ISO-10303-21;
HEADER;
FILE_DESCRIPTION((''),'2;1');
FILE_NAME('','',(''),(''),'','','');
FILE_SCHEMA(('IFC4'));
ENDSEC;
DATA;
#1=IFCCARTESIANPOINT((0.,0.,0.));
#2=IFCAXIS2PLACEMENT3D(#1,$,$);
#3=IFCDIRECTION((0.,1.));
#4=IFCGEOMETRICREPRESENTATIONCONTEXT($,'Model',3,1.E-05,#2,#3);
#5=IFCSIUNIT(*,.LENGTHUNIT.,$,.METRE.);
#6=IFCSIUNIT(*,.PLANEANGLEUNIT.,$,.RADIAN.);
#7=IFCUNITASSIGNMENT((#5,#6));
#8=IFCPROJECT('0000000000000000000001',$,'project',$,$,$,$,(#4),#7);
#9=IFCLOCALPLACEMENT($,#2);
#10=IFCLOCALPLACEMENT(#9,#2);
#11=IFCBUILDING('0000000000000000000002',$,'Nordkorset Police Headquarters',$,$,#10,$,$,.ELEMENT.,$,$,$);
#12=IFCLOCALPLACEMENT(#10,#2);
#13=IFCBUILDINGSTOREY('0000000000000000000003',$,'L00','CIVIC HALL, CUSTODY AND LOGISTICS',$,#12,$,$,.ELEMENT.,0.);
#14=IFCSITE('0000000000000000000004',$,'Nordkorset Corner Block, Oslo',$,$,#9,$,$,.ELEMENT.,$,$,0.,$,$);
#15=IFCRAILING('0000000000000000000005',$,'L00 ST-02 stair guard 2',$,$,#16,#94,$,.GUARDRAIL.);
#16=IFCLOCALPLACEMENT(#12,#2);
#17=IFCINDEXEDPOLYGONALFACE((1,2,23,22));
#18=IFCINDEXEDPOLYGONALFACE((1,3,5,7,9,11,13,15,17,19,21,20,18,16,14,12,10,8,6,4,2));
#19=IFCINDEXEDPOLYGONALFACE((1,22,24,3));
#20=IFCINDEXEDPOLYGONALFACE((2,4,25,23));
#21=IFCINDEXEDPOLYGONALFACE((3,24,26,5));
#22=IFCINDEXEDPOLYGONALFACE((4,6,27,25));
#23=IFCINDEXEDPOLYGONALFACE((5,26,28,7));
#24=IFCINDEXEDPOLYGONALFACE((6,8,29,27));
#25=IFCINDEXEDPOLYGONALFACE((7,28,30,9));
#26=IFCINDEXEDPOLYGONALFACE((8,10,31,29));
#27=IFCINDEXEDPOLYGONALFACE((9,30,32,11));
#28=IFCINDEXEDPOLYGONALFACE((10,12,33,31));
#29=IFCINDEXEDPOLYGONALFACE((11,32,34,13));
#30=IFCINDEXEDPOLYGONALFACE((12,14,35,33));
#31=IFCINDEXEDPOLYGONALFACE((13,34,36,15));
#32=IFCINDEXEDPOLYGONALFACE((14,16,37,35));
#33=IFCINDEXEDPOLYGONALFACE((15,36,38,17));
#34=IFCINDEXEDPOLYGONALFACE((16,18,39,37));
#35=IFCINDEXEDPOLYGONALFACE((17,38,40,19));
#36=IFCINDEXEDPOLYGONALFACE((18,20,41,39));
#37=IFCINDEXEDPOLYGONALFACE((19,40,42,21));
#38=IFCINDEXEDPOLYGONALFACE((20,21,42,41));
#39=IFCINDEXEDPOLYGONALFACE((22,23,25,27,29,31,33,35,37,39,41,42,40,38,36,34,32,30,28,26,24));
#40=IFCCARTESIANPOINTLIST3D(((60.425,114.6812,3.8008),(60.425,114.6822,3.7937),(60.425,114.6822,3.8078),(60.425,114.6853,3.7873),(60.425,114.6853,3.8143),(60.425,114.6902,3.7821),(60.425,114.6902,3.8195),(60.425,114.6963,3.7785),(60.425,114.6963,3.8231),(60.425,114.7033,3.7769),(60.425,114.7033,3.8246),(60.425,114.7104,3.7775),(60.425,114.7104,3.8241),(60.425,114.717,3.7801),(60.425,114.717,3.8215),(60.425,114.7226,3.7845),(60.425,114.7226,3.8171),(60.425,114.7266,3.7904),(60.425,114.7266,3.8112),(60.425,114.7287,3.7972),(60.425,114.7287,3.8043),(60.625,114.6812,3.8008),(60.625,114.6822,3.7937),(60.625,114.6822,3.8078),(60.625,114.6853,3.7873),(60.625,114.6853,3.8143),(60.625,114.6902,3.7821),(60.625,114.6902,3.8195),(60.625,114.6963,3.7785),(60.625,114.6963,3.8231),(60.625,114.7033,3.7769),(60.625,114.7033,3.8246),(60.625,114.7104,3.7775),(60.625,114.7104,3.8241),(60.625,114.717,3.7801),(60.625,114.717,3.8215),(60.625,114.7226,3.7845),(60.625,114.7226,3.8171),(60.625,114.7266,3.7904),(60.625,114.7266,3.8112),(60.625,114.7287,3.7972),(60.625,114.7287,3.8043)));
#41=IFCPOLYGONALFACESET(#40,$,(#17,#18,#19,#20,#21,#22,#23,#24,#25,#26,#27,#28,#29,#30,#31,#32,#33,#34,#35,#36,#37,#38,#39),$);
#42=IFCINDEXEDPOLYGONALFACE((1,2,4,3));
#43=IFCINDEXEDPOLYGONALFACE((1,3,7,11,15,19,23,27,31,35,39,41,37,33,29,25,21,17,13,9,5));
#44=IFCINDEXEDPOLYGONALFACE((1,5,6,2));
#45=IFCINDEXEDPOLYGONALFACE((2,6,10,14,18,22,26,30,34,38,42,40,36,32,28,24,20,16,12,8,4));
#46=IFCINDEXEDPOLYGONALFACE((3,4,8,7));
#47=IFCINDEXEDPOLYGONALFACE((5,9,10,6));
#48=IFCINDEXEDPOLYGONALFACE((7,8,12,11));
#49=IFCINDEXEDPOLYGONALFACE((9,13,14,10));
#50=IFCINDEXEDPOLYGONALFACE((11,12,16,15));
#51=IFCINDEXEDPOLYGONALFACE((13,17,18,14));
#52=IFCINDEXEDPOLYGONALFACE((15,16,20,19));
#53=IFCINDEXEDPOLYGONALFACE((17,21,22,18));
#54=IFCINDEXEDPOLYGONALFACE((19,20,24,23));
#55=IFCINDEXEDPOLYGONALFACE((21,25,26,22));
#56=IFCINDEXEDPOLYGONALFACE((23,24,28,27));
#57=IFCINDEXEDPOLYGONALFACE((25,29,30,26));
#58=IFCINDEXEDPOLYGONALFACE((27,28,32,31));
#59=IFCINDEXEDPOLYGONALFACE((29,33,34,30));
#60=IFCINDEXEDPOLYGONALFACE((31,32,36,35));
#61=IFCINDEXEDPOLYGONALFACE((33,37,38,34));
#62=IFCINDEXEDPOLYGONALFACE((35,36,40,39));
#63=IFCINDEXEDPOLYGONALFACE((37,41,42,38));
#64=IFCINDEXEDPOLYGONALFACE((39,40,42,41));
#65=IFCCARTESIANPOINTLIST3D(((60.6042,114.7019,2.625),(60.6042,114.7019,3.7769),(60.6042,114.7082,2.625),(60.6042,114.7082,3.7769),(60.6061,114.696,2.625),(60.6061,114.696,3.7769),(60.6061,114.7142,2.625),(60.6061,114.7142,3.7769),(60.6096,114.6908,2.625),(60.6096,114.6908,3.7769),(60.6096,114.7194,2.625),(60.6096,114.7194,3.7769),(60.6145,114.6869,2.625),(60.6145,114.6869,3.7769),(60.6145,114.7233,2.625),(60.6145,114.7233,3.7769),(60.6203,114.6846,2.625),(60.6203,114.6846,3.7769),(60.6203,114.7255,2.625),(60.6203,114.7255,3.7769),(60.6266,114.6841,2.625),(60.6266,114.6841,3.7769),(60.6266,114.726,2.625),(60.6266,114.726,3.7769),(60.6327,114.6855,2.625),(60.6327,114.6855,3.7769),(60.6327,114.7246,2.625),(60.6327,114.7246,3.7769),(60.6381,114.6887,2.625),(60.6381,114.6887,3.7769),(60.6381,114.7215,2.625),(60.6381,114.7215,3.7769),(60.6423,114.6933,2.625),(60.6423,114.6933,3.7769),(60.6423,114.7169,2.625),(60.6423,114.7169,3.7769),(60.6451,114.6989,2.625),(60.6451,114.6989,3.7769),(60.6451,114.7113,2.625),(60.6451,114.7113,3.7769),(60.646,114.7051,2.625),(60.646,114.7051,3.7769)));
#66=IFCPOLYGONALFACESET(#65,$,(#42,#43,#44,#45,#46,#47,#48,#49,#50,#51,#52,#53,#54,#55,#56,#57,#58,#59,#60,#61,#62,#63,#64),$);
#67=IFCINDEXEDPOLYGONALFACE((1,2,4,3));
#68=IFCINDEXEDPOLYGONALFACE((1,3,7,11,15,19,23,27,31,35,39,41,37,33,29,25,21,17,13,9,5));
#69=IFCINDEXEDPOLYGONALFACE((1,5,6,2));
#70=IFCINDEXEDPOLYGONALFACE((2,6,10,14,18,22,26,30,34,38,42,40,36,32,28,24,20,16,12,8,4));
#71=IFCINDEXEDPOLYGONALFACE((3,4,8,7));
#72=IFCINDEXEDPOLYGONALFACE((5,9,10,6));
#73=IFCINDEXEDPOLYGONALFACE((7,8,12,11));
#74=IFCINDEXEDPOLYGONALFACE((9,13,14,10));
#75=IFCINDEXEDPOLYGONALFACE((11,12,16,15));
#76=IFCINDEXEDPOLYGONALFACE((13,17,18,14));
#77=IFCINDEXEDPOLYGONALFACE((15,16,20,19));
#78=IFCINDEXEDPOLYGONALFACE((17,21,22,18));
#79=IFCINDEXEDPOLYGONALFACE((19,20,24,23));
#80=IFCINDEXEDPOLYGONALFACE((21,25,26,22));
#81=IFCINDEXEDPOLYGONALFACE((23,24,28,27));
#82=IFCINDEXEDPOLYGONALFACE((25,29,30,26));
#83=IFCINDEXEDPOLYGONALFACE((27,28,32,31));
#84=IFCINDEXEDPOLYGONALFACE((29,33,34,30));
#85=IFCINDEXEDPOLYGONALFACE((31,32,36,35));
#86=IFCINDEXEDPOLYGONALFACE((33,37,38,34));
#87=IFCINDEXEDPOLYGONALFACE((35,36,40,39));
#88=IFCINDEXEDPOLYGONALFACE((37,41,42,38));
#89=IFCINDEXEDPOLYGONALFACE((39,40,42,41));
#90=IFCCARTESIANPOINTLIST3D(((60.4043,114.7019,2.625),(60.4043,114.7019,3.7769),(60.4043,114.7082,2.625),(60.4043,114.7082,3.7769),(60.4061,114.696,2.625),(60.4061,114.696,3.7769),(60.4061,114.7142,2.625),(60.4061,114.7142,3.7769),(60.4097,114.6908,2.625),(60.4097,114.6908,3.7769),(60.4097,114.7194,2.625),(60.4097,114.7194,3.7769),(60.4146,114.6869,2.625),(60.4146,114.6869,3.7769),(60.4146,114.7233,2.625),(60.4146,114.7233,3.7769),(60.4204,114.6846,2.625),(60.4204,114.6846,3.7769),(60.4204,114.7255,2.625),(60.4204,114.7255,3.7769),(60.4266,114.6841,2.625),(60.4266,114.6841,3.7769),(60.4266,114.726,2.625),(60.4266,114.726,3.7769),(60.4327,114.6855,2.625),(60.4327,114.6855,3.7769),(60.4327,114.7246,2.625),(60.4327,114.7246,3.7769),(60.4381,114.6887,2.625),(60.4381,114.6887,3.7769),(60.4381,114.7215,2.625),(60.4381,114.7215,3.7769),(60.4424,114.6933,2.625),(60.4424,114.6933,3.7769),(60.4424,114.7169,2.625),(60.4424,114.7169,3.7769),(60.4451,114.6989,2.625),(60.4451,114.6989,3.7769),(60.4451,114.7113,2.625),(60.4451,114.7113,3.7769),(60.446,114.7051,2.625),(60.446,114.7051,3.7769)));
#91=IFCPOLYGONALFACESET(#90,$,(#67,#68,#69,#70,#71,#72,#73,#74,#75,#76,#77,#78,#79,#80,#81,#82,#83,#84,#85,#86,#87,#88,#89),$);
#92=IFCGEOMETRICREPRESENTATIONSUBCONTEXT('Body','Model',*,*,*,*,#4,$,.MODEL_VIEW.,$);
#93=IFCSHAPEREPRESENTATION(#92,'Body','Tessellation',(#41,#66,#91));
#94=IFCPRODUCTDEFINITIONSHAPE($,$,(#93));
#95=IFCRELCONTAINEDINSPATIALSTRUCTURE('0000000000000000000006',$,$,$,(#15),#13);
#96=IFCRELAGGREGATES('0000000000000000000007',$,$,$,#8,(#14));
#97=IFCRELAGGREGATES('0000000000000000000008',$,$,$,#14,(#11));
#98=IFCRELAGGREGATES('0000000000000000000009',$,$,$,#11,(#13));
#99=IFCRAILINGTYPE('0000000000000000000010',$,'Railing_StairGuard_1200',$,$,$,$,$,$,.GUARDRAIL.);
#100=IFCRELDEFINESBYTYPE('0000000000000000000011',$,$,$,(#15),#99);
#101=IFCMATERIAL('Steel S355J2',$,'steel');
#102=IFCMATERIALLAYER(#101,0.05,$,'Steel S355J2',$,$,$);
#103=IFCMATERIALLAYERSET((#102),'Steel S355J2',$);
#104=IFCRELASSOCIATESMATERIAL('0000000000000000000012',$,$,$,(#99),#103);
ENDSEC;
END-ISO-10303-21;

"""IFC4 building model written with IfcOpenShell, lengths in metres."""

from ifc_helpers import new_model, si_unit, direction, frame, origin, origin_2d, place, context, subcontext, project, spatial, circle, extrude, material, layer, layer_set, type_object, element, save


model = new_model("IFC4")

# Units and contexts
model_context = context("Model", 3, precision=1e-05, world=origin(), true_north=direction((0.0, 1.0)))
body_context = subcontext(model_context, "Body", "Model", "MODEL_VIEW")
ifc_project = project(units=[si_unit("LENGTHUNIT", "METRE"), si_unit("PLANEANGLEUNIT", "RADIAN")], contexts=[model_context])

# Site, building, storey
site_placement = place(None, origin())
site = spatial("IfcSite", under=ifc_project, at=site_placement, Name="Nordkorset Corner Block, Oslo", CompositionType="ELEMENT", RefElevation=0.0)
building_placement = place(site_placement, origin())
building = spatial("IfcBuilding", under=site, at=building_placement, Name="Nordkorset Police Headquarters", CompositionType="ELEMENT")
storey_placement = place(building_placement, origin())
storey = spatial("IfcBuildingStorey", under=building, at=storey_placement, Name="L00", Description="CIVIC HALL, CUSTODY AND LOGISTICS", CompositionType="ELEMENT", Elevation=0.0)

# Railing
ifc_material_1 = material(Name="Steel S355J2", Category="steel")
ifc_layer_1 = layer(ifc_material_1, 0.05, Name="Steel S355J2")
ifc_layer_set_1 = layer_set([ifc_layer_1], Name="Steel S355J2")
railing_type_1 = type_object("IfcRailingType", Name="Railing_StairGuard_1200", PredefinedType="GUARDRAIL", material=ifc_layer_set_1)
railing_1_placement = place(storey_placement, frame((60.625, 114.7051, 2.625)))
element("IfcRailing", 1, at=railing_1_placement, inside=storey, type_object=railing_type_1, Name="L00 ST-02 stair guard 2", PredefinedType="GUARDRAIL", context=body_context, shape_type="SweptSolid", body=[
    extrude(circle(Radius=0.0239, at=origin_2d()), frame((0.0, 0.0, 1.1758), z_axis=(-1.0, 0.0, 0.0), x_axis=(0.0, -1.0, 0.0)), (0.0, 0.0, 1.0), 0.2),
    extrude(circle(Radius=0.021, at=origin_2d()), origin(), (0.0, 0.0, 1.0), 1.1519),
    extrude(circle(Radius=0.021, at=origin_2d()), frame((-0.2, 0.0, 0.0)), (0.0, 0.0, 1.0), 1.1519),
])

save(model, "model.ifc")
